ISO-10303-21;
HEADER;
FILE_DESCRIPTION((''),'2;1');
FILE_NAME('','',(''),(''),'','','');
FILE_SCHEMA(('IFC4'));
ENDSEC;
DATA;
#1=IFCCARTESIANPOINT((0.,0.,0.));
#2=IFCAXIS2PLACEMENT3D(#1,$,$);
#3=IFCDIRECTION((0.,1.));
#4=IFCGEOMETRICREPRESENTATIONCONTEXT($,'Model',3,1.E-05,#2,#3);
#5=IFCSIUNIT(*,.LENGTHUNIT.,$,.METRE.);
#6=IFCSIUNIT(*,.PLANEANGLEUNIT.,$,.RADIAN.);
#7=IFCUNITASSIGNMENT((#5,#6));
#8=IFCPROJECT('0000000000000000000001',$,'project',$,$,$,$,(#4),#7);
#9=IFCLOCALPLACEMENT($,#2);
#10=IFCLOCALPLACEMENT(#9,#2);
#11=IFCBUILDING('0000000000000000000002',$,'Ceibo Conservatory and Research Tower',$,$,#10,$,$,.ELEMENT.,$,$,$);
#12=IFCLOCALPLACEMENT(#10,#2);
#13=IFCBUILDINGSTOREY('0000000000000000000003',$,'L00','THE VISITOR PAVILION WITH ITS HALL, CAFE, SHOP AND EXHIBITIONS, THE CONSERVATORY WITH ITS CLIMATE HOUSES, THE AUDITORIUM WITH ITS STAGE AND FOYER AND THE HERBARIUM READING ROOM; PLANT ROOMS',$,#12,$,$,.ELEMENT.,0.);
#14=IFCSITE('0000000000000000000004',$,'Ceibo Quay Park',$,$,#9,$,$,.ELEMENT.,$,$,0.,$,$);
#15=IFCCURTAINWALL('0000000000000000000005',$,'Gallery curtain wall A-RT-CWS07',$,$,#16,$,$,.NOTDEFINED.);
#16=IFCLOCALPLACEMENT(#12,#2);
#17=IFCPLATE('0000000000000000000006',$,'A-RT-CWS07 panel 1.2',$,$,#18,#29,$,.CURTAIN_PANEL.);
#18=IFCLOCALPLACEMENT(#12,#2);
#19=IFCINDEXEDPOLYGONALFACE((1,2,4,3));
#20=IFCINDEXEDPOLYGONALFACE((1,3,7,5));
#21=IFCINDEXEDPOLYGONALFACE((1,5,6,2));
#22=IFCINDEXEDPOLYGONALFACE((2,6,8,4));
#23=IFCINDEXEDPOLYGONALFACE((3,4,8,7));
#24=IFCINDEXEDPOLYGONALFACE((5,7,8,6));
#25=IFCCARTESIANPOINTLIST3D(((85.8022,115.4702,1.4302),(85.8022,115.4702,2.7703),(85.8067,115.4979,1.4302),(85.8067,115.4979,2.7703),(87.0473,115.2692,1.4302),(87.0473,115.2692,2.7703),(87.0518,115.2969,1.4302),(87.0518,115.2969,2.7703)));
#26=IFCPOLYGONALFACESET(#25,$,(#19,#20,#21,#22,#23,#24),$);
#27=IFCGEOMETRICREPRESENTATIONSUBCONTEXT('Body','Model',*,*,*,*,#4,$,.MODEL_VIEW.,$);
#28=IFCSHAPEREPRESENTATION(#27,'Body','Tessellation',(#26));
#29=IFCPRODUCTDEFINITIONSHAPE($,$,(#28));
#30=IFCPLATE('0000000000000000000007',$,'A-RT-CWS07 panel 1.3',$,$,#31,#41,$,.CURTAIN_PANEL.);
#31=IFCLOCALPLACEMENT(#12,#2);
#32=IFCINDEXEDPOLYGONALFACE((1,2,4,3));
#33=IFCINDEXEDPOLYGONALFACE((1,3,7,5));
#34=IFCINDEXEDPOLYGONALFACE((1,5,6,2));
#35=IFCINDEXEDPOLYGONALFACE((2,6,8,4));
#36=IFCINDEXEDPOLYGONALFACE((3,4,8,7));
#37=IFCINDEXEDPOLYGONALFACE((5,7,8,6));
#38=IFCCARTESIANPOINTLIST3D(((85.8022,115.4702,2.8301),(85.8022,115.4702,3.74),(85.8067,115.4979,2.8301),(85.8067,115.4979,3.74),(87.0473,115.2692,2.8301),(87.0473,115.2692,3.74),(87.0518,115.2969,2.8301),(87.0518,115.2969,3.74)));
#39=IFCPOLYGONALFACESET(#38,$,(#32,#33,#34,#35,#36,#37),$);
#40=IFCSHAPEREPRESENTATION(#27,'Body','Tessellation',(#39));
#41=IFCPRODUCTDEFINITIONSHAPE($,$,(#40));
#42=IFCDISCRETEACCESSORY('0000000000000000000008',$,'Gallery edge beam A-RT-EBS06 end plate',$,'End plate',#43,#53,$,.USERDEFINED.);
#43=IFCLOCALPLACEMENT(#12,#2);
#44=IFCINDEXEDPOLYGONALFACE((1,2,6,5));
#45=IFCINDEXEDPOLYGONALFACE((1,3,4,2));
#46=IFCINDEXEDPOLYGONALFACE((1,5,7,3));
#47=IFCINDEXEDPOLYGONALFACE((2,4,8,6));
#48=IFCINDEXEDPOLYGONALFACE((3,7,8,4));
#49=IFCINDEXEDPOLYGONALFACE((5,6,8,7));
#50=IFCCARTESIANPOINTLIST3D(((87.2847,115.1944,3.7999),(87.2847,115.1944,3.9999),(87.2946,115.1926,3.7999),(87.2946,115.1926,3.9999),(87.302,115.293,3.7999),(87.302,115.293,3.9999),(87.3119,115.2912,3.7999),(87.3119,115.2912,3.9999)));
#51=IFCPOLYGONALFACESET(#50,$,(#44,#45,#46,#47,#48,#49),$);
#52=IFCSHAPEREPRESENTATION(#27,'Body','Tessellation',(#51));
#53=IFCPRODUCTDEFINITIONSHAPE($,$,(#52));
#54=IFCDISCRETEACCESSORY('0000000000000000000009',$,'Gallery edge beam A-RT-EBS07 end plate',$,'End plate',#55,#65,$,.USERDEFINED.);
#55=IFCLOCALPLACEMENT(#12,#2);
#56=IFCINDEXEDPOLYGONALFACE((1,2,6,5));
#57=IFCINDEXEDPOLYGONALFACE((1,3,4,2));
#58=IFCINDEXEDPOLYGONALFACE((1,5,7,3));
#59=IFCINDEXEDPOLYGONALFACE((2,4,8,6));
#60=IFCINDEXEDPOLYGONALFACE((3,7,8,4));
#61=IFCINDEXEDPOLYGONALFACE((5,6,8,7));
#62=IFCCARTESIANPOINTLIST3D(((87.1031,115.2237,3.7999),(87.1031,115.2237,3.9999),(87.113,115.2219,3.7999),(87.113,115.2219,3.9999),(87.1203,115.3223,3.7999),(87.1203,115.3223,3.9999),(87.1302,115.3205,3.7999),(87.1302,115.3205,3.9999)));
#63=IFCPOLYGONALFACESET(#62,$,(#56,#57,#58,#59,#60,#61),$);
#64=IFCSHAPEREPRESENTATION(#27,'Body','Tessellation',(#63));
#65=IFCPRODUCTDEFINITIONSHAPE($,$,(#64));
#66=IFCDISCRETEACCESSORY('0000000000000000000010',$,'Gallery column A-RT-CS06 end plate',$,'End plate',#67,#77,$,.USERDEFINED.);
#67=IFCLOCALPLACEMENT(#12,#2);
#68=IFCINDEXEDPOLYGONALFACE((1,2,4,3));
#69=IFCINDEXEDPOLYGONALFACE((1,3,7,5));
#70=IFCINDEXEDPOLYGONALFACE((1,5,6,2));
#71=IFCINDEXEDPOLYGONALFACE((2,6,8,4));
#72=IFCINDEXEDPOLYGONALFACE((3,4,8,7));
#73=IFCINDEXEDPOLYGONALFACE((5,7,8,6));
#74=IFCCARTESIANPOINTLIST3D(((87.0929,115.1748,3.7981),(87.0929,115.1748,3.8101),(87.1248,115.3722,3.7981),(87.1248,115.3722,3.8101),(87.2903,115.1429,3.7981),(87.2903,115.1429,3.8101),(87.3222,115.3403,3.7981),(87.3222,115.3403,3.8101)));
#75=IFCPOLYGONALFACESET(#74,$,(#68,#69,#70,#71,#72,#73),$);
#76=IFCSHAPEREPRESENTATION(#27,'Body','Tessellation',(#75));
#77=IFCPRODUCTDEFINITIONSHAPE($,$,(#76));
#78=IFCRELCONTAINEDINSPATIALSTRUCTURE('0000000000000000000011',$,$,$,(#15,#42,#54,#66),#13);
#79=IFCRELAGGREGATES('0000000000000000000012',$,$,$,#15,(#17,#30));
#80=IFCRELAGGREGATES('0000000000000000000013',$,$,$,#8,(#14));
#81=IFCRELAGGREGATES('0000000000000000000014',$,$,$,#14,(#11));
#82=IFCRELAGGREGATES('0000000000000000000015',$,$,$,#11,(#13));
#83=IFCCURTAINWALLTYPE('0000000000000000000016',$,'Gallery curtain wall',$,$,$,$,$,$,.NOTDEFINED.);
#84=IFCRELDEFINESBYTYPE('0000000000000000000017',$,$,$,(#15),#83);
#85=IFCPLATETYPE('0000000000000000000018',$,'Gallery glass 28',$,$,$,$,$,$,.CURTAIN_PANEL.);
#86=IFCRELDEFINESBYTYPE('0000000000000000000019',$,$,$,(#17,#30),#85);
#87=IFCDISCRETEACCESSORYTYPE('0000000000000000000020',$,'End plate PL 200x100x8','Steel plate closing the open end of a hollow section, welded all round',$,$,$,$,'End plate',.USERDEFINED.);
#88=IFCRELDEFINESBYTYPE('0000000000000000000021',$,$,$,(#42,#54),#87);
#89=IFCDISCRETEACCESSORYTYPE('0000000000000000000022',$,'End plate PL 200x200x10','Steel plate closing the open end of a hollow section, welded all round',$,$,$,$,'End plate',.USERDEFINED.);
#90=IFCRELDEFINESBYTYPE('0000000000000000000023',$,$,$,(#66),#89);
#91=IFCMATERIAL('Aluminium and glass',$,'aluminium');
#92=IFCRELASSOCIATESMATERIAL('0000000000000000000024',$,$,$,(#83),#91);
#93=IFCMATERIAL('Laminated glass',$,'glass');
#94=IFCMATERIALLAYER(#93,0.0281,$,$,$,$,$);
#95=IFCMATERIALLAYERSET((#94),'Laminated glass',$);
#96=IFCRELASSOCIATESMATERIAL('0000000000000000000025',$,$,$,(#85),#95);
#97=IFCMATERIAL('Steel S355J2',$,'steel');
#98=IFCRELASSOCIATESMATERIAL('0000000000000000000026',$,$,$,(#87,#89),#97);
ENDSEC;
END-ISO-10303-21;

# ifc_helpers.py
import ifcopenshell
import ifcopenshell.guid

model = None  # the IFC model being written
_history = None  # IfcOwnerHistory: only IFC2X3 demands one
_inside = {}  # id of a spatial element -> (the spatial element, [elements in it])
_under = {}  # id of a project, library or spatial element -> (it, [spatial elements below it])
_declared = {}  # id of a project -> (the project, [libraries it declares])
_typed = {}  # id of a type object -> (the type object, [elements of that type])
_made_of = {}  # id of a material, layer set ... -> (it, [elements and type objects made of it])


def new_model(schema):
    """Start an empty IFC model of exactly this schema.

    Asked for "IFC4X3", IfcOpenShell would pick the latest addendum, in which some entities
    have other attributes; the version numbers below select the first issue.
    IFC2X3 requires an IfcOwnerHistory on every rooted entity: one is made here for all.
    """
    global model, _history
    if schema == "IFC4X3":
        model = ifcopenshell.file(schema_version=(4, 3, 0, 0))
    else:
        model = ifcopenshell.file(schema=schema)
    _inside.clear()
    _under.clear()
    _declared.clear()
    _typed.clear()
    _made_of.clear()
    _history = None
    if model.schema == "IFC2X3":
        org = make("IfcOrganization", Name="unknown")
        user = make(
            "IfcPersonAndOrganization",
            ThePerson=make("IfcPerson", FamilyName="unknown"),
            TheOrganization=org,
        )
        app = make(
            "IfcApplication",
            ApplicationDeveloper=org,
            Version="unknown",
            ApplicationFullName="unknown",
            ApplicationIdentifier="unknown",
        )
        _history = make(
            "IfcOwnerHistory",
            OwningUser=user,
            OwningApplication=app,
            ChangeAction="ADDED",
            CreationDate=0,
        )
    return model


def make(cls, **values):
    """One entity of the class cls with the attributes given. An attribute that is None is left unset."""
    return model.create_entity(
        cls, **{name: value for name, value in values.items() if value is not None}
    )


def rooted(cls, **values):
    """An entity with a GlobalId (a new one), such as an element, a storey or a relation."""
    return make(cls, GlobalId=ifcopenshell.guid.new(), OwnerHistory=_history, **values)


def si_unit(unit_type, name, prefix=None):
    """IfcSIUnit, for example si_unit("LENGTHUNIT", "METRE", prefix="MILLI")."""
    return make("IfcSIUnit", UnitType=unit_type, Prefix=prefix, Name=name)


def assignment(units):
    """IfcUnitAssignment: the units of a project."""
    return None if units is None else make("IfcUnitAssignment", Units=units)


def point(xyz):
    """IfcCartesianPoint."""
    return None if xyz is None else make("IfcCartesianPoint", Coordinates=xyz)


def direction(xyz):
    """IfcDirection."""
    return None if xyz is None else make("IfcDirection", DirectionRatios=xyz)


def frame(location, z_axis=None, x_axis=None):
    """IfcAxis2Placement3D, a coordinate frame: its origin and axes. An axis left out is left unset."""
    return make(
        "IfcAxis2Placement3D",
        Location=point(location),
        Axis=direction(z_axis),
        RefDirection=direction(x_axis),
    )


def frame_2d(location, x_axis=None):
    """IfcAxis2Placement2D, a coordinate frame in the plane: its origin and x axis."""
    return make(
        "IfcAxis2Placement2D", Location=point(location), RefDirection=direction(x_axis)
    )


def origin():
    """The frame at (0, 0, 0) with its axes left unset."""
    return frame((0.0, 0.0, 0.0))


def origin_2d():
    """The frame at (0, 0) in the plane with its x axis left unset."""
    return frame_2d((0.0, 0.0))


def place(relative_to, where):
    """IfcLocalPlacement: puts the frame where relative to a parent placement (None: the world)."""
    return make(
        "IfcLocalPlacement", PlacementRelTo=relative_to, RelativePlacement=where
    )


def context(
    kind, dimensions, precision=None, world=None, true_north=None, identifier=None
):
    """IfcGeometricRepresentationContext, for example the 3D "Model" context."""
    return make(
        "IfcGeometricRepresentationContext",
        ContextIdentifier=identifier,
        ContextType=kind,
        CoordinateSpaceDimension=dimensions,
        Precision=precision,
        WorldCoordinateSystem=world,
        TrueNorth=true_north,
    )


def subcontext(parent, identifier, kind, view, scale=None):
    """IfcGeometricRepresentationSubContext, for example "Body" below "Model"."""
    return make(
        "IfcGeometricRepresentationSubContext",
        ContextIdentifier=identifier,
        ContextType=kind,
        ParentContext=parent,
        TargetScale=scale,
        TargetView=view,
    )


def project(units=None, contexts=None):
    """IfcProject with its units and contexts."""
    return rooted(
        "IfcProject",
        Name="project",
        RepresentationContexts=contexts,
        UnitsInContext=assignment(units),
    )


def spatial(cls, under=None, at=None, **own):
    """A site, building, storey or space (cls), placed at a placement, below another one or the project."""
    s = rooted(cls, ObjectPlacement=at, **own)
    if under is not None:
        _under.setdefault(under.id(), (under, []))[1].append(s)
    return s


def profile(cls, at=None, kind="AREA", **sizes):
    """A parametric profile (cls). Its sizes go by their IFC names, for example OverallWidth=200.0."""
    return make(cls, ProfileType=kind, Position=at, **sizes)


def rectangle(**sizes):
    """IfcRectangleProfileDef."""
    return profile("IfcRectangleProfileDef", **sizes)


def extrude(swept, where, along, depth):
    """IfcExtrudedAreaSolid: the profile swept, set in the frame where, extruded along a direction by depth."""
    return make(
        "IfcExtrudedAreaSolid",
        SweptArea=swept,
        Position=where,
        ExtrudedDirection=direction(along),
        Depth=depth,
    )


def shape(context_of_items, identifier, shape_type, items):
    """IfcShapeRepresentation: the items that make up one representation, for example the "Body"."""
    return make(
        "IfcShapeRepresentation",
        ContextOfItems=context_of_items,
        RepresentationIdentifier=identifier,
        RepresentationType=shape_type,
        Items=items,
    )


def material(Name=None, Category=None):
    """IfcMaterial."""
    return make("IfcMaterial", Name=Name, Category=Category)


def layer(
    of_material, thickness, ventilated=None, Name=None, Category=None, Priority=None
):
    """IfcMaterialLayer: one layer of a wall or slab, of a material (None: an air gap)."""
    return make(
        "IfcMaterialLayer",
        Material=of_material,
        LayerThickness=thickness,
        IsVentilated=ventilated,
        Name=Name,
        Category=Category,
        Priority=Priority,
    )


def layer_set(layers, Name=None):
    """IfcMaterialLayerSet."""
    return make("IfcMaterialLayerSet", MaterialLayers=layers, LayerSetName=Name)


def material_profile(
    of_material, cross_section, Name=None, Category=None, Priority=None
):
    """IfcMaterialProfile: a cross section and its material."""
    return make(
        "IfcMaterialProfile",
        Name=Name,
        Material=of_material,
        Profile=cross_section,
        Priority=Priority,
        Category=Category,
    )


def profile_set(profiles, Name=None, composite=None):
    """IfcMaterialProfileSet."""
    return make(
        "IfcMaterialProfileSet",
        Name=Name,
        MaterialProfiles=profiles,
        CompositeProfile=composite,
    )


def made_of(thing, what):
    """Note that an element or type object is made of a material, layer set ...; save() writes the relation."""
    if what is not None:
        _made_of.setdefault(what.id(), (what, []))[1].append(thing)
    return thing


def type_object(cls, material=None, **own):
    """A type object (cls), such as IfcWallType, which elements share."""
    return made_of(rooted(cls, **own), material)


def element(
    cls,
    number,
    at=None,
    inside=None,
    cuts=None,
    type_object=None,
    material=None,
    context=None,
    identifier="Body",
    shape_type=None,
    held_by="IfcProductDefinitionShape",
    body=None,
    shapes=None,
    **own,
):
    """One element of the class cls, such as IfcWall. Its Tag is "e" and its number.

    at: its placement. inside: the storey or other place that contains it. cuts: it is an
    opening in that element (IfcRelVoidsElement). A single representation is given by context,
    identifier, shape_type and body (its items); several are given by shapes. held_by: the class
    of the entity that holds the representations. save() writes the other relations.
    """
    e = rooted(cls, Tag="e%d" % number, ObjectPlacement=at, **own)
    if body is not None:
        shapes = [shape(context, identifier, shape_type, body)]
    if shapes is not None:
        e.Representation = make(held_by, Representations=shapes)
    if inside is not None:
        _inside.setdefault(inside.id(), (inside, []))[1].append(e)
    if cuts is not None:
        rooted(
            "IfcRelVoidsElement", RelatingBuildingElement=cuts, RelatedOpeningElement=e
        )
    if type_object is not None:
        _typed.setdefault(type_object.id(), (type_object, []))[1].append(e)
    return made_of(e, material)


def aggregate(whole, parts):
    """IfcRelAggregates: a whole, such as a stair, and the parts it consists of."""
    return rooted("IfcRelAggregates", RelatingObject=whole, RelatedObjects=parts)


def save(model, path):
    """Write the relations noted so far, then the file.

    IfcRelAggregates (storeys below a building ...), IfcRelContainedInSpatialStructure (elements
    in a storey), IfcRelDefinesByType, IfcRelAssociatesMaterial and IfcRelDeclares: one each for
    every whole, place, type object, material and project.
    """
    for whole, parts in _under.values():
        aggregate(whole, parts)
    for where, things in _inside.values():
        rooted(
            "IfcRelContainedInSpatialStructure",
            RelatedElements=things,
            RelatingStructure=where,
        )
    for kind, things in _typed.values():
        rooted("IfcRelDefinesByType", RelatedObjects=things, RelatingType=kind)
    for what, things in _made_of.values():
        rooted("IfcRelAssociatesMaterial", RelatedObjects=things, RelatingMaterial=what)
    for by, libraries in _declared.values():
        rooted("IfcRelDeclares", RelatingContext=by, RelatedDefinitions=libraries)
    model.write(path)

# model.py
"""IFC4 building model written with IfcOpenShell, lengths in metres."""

from ifc_helpers import new_model, si_unit, direction, frame, origin, origin_2d, place, context, subcontext, project, spatial, rectangle, extrude, material, layer, layer_set, material_profile, profile_set, type_object, element, aggregate, save


model = new_model("IFC4")

# Units and contexts
model_context = context("Model", 3, precision=1e-05, world=origin(), true_north=direction((0.0, 1.0)))
body_context = subcontext(model_context, "Body", "Model", "MODEL_VIEW")
ifc_project = project(units=[si_unit("LENGTHUNIT", "METRE"), si_unit("PLANEANGLEUNIT", "RADIAN")], contexts=[model_context])

# Site, building, storey
site_placement = place(None, origin())
site = spatial("IfcSite", under=ifc_project, at=site_placement, Name="Ceibo Quay Park", CompositionType="ELEMENT", RefElevation=0.0)
building_placement = place(site_placement, origin())
building = spatial("IfcBuilding", under=site, at=building_placement, Name="Ceibo Conservatory and Research Tower", CompositionType="ELEMENT")
storey_placement = place(building_placement, origin())
storey = spatial("IfcBuildingStorey", under=building, at=storey_placement, Name="L00", Description="THE VISITOR PAVILION WITH ITS HALL, CAFE, SHOP AND EXHIBITIONS, THE CONSERVATORY WITH ITS CLIMATE HOUSES, THE AUDITORIUM WITH ITS STAGE AND FOYER AND THE HERBARIUM READING ROOM; PLANT ROOMS", CompositionType="ELEMENT", Elevation=0.0)

# Curtain wall
ifc_material_1 = material(Name="Aluminium and glass", Category="aluminium")
curtain_wall_type = type_object("IfcCurtainWallType", Name="Gallery curtain wall", PredefinedType="NOTDEFINED", material=ifc_material_1)
curtain_wall_1_placement = place(storey_placement, origin())
curtain_wall_1 = element("IfcCurtainWall", 1, at=curtain_wall_1_placement, inside=storey, type_object=curtain_wall_type, Name="Gallery curtain wall A-RT-CWS07", PredefinedType="NOTDEFINED")

# Plates
ifc_material_2 = material(Name="Laminated glass", Category="glass")
ifc_layer = layer(ifc_material_2, 0.0281)
ifc_layer_set = layer_set([ifc_layer], Name="Laminated glass")
plate_type = type_object("IfcPlateType", Name="Gallery glass 28", PredefinedType="CURTAIN_PANEL", material=ifc_layer_set)
plate_1_placement = place(storey_placement, frame((86.427, 115.3835, 1.4302), z_axis=(0.0, 0.0, 1.0), x_axis=(-0.987216, 0.159391, 0.0)))
plate_1 = element("IfcPlate", 2, at=plate_1_placement, type_object=plate_type, Name="A-RT-CWS07 panel 1.2", PredefinedType="CURTAIN_PANEL", context=body_context, shape_type="SweptSolid", body=[
    extrude(rectangle(XDim=1.2612, YDim=0.0281, at=origin_2d()), origin(), (0.0, 0.0, 1.0), 1.3401),
])
plate_2_placement = place(storey_placement, frame((86.427, 115.3835, 2.8301), z_axis=(0.0, 0.0, 1.0), x_axis=(-0.987216, 0.159391, 0.0)))
plate_2 = element("IfcPlate", 3, at=plate_2_placement, type_object=plate_type, Name="A-RT-CWS07 panel 1.3", PredefinedType="CURTAIN_PANEL", context=body_context, shape_type="SweptSolid", body=[
    extrude(rectangle(XDim=1.2612, YDim=0.0281, at=origin_2d()), origin(), (0.0, 0.0, 1.0), 0.9099),
])
aggregate(curtain_wall_1, [plate_1, plate_2])

# Discrete accessories
ifc_material_3 = material(Name="Steel S355J2", Category="steel")
ifc_material_profile_1 = material_profile(ifc_material_3, rectangle(XDim=0.1001, YDim=0.2, at=origin_2d()), Name="End plate PL 200x100x8")
ifc_profile_set_1 = profile_set([ifc_material_profile_1], Name="Steel S355J2")
discrete_accessory_type_1 = type_object("IfcDiscreteAccessoryType", Name="End plate PL 200x100x8", Description="Steel plate closing the open end of a hollow section, welded all round", ElementType="End plate", PredefinedType="USERDEFINED", material=ifc_profile_set_1)
for number, where, z_axis, x_axis, name in (
    (4, (87.3032, 115.2419, 3.8999), (-0.98503, 0.17238, 0.0), (-0.17238, -0.98503, 0.0), "Gallery edge beam A-RT-EBS06 end plate"),
    (5, (87.1216, 115.2712, 3.8999), (-0.98503, 0.17238, 0.0), (-0.17238, -0.98503, 0.0), "Gallery edge beam A-RT-EBS07 end plate"),
):
    element("IfcDiscreteAccessory", number, at=place(storey_placement, frame(where, z_axis=z_axis, x_axis=x_axis)), inside=storey, type_object=discrete_accessory_type_1, Name=name, ObjectType="End plate", PredefinedType="USERDEFINED", context=body_context, shape_type="SweptSolid", body=[
        extrude(rectangle(XDim=0.1001, YDim=0.2, at=origin_2d()), origin(), (0.0, 0.0, 1.0), 0.01),
    ])
ifc_material_profile_2 = material_profile(ifc_material_3, rectangle(XDim=0.2, YDim=0.2, at=origin_2d()), Name="End plate PL 200x200x10")
ifc_profile_set_2 = profile_set([ifc_material_profile_2], Name="Steel S355J2")
discrete_accessory_type_2 = type_object("IfcDiscreteAccessoryType", Name="End plate PL 200x200x10", Description="Steel plate closing the open end of a hollow section, welded all round", ElementType="End plate", PredefinedType="USERDEFINED", material=ifc_profile_set_2)
discrete_accessory_placement = place(storey_placement, frame((87.2075, 115.2576, 3.7981), z_axis=(0.0, 0.0, 1.0), x_axis=(-0.987216, 0.159391, 0.0)))
element("IfcDiscreteAccessory", 6, at=discrete_accessory_placement, inside=storey, type_object=discrete_accessory_type_2, Name="Gallery column A-RT-CS06 end plate", ObjectType="End plate", PredefinedType="USERDEFINED", context=body_context, shape_type="SweptSolid", body=[
    extrude(rectangle(XDim=0.2, YDim=0.2, at=origin_2d()), origin(), (0.0, 0.0, 1.0), 0.012),
])

save(model, "model.ifc")
